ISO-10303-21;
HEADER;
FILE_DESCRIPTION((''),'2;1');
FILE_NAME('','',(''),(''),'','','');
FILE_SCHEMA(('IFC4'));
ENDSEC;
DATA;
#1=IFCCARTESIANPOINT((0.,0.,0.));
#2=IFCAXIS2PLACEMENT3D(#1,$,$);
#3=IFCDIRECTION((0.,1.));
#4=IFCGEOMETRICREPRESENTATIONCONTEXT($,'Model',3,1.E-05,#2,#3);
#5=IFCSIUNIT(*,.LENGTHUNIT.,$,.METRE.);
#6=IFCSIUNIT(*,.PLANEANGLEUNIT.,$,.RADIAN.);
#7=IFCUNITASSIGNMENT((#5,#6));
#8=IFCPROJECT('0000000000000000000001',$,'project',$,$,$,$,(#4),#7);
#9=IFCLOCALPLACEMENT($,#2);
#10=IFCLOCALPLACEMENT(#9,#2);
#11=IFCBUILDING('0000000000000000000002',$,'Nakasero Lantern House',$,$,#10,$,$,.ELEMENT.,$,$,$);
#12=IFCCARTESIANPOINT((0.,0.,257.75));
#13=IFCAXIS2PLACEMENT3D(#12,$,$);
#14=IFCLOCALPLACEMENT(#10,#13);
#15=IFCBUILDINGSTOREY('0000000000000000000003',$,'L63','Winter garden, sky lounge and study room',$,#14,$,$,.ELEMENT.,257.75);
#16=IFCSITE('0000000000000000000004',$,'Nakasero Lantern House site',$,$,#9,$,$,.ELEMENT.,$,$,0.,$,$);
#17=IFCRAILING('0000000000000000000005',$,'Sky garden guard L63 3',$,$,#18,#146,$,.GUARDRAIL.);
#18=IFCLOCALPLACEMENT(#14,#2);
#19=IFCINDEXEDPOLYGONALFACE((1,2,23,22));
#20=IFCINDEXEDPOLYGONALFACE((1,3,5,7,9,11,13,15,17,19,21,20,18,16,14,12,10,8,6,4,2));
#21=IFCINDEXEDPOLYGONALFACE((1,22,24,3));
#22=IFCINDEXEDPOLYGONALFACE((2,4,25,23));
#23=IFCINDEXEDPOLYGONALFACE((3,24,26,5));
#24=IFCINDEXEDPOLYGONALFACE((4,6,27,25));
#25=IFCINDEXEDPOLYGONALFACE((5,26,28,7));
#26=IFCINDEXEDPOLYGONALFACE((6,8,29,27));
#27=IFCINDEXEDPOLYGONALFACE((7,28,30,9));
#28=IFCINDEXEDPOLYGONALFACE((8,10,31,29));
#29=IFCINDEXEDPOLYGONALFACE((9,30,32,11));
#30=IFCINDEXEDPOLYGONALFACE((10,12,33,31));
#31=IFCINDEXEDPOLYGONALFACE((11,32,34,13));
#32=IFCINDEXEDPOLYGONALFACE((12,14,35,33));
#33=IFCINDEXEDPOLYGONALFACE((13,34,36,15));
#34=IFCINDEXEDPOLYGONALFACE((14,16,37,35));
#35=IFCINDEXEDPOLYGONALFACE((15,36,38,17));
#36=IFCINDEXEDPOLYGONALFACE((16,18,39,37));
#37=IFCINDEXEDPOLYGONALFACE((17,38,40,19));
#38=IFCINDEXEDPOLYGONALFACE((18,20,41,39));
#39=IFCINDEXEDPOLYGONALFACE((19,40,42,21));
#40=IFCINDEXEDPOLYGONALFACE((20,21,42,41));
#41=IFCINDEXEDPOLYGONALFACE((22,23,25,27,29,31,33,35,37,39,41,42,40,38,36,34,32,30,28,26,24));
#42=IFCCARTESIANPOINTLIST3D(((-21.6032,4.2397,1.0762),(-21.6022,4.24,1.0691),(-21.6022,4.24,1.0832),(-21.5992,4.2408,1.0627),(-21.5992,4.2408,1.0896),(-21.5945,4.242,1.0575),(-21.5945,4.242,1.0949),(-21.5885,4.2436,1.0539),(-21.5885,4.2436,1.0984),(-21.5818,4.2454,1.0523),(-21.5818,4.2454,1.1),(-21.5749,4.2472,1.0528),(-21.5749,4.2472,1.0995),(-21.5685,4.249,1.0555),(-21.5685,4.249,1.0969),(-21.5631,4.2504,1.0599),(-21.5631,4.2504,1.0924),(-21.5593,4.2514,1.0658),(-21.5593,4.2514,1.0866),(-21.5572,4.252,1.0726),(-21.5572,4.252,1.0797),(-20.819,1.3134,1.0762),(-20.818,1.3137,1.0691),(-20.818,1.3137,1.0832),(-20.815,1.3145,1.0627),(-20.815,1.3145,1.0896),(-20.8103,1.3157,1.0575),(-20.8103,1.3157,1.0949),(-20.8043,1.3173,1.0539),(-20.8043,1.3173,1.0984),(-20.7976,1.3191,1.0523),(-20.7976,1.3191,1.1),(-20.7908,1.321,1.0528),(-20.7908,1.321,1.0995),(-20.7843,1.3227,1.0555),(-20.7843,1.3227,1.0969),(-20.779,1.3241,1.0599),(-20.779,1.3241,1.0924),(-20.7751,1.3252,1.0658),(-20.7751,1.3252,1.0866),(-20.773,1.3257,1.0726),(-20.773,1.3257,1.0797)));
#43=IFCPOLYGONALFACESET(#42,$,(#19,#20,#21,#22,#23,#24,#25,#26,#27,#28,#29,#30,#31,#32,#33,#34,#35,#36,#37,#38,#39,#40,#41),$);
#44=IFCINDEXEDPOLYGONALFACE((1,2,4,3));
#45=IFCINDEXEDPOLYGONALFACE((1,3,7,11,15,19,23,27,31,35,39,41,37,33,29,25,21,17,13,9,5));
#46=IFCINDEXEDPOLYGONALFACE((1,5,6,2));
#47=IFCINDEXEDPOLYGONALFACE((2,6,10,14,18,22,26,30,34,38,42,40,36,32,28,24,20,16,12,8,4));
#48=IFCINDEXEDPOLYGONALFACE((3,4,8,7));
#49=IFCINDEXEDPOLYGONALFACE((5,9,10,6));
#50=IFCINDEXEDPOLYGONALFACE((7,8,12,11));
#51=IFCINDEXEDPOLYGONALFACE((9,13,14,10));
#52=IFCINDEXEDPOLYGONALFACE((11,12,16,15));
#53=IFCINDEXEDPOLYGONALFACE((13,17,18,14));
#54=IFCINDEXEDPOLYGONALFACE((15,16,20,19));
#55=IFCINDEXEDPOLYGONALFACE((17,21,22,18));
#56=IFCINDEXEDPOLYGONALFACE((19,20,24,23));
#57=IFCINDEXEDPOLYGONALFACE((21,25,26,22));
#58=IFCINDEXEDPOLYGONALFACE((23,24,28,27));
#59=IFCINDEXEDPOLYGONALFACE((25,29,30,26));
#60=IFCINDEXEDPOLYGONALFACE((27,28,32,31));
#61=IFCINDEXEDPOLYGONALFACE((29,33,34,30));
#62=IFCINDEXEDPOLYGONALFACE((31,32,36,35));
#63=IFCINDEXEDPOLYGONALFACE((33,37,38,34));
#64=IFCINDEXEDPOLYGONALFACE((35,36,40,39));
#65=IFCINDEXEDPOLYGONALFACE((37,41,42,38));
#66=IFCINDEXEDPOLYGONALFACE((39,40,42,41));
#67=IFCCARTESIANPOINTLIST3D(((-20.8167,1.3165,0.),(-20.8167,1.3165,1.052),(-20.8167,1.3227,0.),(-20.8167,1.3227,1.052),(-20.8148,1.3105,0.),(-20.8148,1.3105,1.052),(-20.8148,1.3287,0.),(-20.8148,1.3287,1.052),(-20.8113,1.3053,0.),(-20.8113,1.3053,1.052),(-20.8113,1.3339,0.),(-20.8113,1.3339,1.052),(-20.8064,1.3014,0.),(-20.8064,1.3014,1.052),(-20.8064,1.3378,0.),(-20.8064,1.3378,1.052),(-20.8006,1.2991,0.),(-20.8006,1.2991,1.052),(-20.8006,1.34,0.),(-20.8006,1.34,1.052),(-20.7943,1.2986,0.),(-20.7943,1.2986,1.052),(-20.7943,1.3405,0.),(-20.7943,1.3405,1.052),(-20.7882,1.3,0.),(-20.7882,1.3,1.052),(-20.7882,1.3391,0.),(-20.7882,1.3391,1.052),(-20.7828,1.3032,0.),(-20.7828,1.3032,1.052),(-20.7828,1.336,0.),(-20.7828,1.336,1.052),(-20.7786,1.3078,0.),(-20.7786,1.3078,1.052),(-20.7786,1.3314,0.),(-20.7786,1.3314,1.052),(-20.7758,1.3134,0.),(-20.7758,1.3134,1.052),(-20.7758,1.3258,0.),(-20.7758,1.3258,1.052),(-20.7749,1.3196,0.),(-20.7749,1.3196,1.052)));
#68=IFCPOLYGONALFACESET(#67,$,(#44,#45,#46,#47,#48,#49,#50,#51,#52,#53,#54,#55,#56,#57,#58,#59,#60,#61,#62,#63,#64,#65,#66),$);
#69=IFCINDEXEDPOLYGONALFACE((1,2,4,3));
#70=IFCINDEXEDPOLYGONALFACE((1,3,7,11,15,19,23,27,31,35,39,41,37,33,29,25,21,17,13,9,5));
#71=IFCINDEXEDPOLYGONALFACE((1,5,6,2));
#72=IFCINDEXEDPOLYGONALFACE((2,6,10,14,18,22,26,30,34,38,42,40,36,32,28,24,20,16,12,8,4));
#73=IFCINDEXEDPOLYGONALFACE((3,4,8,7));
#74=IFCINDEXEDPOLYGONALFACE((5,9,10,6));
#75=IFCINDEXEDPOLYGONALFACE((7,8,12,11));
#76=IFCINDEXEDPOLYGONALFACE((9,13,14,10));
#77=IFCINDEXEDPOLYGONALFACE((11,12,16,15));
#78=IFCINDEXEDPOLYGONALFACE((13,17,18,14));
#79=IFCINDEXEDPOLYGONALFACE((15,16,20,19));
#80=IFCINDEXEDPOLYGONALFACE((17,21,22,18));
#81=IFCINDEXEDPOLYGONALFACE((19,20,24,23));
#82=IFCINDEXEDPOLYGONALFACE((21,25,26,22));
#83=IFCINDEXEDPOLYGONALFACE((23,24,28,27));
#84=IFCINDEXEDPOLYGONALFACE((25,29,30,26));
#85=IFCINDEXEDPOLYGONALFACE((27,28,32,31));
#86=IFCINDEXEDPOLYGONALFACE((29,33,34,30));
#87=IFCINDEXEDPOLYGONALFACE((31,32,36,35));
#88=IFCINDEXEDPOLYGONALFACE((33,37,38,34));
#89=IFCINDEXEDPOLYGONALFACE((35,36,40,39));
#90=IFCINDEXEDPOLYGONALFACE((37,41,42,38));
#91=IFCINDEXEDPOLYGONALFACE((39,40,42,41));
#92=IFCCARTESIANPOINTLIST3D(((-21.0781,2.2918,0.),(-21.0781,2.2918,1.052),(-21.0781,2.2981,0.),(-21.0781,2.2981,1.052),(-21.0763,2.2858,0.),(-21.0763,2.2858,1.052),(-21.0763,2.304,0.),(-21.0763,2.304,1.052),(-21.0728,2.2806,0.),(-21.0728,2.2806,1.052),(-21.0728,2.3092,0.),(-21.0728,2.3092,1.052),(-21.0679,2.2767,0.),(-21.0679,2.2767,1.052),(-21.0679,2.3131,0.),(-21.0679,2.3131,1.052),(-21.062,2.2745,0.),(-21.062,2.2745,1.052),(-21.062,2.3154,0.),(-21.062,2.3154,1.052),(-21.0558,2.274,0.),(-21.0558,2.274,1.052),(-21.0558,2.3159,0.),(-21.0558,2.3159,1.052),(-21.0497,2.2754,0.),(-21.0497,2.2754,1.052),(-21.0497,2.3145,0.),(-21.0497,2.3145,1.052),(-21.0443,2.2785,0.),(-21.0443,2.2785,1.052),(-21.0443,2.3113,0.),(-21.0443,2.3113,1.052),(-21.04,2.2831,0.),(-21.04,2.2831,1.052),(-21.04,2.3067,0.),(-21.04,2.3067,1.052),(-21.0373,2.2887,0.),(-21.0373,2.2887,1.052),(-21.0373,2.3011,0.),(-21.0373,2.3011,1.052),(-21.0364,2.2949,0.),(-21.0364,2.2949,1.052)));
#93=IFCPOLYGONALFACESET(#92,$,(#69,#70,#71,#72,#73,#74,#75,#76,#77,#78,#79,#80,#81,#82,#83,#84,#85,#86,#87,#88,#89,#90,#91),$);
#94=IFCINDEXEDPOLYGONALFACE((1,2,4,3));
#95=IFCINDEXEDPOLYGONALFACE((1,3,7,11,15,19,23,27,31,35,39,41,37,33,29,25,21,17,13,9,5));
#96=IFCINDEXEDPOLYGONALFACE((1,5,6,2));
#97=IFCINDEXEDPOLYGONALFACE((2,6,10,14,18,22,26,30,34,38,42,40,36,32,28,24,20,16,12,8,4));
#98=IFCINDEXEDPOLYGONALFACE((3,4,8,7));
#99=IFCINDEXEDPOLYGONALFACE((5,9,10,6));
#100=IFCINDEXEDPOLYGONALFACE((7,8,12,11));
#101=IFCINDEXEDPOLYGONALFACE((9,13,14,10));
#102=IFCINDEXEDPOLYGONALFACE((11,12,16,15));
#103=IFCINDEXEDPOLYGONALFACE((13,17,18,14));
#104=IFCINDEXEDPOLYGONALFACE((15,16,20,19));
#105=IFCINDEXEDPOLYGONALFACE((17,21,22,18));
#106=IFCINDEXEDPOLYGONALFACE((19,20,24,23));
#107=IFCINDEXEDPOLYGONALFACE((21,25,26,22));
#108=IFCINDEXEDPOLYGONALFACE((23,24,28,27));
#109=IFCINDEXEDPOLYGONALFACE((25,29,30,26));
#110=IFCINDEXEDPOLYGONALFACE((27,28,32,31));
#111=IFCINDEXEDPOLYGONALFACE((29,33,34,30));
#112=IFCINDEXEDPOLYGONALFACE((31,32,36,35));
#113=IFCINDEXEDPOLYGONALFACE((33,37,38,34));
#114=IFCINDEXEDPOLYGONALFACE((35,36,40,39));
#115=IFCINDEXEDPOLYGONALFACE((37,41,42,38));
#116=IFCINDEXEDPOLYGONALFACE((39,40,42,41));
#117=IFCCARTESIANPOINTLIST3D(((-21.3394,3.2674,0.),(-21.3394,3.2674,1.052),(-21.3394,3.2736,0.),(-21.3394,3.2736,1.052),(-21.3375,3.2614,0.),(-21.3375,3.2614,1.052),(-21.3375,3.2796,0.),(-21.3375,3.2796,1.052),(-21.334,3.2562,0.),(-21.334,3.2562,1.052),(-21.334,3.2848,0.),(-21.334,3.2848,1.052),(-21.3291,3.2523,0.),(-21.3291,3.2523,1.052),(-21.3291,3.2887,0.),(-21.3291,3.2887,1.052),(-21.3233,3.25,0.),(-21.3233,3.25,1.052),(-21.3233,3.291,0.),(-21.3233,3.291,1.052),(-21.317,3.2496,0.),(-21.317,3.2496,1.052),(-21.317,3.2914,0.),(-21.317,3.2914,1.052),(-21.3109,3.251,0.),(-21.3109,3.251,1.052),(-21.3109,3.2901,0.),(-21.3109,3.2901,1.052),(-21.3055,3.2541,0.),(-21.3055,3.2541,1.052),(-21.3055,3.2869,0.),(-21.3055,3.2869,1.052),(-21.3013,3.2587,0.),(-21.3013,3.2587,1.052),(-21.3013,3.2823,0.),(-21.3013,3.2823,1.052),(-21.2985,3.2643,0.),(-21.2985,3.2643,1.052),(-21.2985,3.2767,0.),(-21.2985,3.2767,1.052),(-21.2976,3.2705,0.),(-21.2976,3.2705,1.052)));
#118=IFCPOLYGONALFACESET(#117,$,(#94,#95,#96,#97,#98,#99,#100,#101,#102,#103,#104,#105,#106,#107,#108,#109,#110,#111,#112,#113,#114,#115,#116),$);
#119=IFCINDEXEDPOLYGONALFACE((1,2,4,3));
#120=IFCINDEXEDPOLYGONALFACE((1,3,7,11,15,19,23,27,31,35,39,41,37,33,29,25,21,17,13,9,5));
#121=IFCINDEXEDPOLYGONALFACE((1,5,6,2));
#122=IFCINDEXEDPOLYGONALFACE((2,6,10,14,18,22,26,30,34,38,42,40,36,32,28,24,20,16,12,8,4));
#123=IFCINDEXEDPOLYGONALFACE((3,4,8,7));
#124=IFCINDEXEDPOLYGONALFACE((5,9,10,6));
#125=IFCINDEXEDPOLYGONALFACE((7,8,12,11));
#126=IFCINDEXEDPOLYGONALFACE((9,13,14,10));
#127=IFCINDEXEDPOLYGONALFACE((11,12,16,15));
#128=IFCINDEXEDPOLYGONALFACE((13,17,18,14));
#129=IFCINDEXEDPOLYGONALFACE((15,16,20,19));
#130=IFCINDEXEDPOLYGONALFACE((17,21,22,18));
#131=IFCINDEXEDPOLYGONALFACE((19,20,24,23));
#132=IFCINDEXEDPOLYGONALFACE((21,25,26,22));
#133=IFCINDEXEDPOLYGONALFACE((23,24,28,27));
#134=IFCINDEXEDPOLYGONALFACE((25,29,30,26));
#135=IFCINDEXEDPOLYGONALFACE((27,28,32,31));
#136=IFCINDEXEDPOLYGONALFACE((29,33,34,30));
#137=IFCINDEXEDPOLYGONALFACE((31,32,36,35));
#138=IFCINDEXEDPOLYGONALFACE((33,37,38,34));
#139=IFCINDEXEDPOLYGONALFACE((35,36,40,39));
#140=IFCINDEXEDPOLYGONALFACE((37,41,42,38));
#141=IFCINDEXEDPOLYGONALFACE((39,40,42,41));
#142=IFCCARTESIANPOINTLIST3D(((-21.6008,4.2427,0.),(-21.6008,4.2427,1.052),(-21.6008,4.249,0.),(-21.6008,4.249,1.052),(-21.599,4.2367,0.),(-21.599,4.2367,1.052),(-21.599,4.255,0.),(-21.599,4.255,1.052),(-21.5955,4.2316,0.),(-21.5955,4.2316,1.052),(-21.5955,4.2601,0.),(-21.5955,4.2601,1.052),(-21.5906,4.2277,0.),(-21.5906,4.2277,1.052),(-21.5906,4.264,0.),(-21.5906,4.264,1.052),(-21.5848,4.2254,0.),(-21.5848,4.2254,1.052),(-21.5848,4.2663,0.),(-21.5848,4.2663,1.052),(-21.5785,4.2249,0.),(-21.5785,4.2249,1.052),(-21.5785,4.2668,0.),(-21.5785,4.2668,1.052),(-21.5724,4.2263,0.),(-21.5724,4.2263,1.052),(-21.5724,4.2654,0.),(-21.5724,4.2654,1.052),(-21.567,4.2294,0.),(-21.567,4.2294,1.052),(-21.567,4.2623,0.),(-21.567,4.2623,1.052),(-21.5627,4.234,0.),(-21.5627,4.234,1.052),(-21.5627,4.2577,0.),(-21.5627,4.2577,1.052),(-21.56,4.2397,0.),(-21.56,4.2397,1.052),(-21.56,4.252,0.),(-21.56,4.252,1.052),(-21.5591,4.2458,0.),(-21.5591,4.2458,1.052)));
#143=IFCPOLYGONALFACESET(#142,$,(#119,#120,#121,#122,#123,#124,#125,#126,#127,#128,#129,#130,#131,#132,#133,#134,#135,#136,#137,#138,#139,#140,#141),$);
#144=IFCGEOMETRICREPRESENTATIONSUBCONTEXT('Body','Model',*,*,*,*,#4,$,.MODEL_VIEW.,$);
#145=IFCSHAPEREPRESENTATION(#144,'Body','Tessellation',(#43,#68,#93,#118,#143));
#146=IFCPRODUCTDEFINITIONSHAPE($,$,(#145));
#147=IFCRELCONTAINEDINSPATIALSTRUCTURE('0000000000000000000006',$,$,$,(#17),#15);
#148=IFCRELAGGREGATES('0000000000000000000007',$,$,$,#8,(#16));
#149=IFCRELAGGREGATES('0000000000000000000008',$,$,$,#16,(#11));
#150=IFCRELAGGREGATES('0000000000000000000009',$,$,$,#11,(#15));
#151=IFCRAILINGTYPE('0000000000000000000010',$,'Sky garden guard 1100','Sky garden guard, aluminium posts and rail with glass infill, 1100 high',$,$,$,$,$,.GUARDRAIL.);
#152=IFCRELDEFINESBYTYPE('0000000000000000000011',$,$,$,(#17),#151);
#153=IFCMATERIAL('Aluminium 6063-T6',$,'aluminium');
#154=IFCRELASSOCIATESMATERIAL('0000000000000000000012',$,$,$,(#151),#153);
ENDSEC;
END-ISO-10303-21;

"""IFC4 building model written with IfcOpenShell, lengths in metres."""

from ifc_helpers import new_model, si_unit, direction, frame, origin, origin_2d, place, context, subcontext, project, spatial, circle, extrude, material, type_object, element, save


model = new_model("IFC4")

# Units and contexts
model_context = context("Model", 3, precision=1e-05, world=origin(), true_north=direction((0.0, 1.0)))
body_context = subcontext(model_context, "Body", "Model", "MODEL_VIEW")
ifc_project = project(units=[si_unit("LENGTHUNIT", "METRE"), si_unit("PLANEANGLEUNIT", "RADIAN")], contexts=[model_context])

# Site, building, storey
site_placement = place(None, origin())
site = spatial("IfcSite", under=ifc_project, at=site_placement, Name="Nakasero Lantern House site", CompositionType="ELEMENT", RefElevation=0.0)
building_placement = place(site_placement, origin())
building = spatial("IfcBuilding", under=site, at=building_placement, Name="Nakasero Lantern House", CompositionType="ELEMENT")
storey_placement = place(building_placement, frame((0.0, 0.0, 257.75)))
storey = spatial("IfcBuildingStorey", under=building, at=storey_placement, Name="L63", Description="Winter garden, sky lounge and study room", CompositionType="ELEMENT", Elevation=257.75)

# Railing
ifc_material_1 = material(Name="Aluminium 6063-T6", Category="aluminium")
railing_type = type_object("IfcRailingType", Name="Sky garden guard 1100", Description="Sky garden guard, aluminium posts and rail with glass infill, 1100 high", PredefinedType="GUARDRAIL", material=ifc_material_1)
railing_1_placement = place(storey_placement, frame((-20.7959, 1.3196, 0.0)))
element("IfcRailing", 1, at=railing_1_placement, inside=storey, type_object=railing_type, Name="Sky garden guard L63 3", PredefinedType="GUARDRAIL", context=body_context, shape_type="SweptSolid", body=[
    extrude(circle(Radius=0.0239, at=origin_2d()), frame((0.0, 0.0, 1.0762), z_axis=(-0.258846, 0.965919, 0.0), x_axis=(-0.965919, -0.258846, 0.0)), (0.0, 0.0, 1.0), 3.0295),
    extrude(circle(Radius=0.021, at=origin_2d()), origin(), (0.0, 0.0, 1.0), 1.052),
    extrude(circle(Radius=0.021, at=origin_2d()), frame((-0.2615, 0.9753, 0.0)), (0.0, 0.0, 1.0), 1.052),
    extrude(circle(Radius=0.021, at=origin_2d()), frame((-0.5227, 1.9509, 0.0)), (0.0, 0.0, 1.0), 1.052),
    extrude(circle(Radius=0.021, at=origin_2d()), frame((-0.7842, 2.9263, 0.0)), (0.0, 0.0, 1.0), 1.052),
])

save(model, "model.ifc")
